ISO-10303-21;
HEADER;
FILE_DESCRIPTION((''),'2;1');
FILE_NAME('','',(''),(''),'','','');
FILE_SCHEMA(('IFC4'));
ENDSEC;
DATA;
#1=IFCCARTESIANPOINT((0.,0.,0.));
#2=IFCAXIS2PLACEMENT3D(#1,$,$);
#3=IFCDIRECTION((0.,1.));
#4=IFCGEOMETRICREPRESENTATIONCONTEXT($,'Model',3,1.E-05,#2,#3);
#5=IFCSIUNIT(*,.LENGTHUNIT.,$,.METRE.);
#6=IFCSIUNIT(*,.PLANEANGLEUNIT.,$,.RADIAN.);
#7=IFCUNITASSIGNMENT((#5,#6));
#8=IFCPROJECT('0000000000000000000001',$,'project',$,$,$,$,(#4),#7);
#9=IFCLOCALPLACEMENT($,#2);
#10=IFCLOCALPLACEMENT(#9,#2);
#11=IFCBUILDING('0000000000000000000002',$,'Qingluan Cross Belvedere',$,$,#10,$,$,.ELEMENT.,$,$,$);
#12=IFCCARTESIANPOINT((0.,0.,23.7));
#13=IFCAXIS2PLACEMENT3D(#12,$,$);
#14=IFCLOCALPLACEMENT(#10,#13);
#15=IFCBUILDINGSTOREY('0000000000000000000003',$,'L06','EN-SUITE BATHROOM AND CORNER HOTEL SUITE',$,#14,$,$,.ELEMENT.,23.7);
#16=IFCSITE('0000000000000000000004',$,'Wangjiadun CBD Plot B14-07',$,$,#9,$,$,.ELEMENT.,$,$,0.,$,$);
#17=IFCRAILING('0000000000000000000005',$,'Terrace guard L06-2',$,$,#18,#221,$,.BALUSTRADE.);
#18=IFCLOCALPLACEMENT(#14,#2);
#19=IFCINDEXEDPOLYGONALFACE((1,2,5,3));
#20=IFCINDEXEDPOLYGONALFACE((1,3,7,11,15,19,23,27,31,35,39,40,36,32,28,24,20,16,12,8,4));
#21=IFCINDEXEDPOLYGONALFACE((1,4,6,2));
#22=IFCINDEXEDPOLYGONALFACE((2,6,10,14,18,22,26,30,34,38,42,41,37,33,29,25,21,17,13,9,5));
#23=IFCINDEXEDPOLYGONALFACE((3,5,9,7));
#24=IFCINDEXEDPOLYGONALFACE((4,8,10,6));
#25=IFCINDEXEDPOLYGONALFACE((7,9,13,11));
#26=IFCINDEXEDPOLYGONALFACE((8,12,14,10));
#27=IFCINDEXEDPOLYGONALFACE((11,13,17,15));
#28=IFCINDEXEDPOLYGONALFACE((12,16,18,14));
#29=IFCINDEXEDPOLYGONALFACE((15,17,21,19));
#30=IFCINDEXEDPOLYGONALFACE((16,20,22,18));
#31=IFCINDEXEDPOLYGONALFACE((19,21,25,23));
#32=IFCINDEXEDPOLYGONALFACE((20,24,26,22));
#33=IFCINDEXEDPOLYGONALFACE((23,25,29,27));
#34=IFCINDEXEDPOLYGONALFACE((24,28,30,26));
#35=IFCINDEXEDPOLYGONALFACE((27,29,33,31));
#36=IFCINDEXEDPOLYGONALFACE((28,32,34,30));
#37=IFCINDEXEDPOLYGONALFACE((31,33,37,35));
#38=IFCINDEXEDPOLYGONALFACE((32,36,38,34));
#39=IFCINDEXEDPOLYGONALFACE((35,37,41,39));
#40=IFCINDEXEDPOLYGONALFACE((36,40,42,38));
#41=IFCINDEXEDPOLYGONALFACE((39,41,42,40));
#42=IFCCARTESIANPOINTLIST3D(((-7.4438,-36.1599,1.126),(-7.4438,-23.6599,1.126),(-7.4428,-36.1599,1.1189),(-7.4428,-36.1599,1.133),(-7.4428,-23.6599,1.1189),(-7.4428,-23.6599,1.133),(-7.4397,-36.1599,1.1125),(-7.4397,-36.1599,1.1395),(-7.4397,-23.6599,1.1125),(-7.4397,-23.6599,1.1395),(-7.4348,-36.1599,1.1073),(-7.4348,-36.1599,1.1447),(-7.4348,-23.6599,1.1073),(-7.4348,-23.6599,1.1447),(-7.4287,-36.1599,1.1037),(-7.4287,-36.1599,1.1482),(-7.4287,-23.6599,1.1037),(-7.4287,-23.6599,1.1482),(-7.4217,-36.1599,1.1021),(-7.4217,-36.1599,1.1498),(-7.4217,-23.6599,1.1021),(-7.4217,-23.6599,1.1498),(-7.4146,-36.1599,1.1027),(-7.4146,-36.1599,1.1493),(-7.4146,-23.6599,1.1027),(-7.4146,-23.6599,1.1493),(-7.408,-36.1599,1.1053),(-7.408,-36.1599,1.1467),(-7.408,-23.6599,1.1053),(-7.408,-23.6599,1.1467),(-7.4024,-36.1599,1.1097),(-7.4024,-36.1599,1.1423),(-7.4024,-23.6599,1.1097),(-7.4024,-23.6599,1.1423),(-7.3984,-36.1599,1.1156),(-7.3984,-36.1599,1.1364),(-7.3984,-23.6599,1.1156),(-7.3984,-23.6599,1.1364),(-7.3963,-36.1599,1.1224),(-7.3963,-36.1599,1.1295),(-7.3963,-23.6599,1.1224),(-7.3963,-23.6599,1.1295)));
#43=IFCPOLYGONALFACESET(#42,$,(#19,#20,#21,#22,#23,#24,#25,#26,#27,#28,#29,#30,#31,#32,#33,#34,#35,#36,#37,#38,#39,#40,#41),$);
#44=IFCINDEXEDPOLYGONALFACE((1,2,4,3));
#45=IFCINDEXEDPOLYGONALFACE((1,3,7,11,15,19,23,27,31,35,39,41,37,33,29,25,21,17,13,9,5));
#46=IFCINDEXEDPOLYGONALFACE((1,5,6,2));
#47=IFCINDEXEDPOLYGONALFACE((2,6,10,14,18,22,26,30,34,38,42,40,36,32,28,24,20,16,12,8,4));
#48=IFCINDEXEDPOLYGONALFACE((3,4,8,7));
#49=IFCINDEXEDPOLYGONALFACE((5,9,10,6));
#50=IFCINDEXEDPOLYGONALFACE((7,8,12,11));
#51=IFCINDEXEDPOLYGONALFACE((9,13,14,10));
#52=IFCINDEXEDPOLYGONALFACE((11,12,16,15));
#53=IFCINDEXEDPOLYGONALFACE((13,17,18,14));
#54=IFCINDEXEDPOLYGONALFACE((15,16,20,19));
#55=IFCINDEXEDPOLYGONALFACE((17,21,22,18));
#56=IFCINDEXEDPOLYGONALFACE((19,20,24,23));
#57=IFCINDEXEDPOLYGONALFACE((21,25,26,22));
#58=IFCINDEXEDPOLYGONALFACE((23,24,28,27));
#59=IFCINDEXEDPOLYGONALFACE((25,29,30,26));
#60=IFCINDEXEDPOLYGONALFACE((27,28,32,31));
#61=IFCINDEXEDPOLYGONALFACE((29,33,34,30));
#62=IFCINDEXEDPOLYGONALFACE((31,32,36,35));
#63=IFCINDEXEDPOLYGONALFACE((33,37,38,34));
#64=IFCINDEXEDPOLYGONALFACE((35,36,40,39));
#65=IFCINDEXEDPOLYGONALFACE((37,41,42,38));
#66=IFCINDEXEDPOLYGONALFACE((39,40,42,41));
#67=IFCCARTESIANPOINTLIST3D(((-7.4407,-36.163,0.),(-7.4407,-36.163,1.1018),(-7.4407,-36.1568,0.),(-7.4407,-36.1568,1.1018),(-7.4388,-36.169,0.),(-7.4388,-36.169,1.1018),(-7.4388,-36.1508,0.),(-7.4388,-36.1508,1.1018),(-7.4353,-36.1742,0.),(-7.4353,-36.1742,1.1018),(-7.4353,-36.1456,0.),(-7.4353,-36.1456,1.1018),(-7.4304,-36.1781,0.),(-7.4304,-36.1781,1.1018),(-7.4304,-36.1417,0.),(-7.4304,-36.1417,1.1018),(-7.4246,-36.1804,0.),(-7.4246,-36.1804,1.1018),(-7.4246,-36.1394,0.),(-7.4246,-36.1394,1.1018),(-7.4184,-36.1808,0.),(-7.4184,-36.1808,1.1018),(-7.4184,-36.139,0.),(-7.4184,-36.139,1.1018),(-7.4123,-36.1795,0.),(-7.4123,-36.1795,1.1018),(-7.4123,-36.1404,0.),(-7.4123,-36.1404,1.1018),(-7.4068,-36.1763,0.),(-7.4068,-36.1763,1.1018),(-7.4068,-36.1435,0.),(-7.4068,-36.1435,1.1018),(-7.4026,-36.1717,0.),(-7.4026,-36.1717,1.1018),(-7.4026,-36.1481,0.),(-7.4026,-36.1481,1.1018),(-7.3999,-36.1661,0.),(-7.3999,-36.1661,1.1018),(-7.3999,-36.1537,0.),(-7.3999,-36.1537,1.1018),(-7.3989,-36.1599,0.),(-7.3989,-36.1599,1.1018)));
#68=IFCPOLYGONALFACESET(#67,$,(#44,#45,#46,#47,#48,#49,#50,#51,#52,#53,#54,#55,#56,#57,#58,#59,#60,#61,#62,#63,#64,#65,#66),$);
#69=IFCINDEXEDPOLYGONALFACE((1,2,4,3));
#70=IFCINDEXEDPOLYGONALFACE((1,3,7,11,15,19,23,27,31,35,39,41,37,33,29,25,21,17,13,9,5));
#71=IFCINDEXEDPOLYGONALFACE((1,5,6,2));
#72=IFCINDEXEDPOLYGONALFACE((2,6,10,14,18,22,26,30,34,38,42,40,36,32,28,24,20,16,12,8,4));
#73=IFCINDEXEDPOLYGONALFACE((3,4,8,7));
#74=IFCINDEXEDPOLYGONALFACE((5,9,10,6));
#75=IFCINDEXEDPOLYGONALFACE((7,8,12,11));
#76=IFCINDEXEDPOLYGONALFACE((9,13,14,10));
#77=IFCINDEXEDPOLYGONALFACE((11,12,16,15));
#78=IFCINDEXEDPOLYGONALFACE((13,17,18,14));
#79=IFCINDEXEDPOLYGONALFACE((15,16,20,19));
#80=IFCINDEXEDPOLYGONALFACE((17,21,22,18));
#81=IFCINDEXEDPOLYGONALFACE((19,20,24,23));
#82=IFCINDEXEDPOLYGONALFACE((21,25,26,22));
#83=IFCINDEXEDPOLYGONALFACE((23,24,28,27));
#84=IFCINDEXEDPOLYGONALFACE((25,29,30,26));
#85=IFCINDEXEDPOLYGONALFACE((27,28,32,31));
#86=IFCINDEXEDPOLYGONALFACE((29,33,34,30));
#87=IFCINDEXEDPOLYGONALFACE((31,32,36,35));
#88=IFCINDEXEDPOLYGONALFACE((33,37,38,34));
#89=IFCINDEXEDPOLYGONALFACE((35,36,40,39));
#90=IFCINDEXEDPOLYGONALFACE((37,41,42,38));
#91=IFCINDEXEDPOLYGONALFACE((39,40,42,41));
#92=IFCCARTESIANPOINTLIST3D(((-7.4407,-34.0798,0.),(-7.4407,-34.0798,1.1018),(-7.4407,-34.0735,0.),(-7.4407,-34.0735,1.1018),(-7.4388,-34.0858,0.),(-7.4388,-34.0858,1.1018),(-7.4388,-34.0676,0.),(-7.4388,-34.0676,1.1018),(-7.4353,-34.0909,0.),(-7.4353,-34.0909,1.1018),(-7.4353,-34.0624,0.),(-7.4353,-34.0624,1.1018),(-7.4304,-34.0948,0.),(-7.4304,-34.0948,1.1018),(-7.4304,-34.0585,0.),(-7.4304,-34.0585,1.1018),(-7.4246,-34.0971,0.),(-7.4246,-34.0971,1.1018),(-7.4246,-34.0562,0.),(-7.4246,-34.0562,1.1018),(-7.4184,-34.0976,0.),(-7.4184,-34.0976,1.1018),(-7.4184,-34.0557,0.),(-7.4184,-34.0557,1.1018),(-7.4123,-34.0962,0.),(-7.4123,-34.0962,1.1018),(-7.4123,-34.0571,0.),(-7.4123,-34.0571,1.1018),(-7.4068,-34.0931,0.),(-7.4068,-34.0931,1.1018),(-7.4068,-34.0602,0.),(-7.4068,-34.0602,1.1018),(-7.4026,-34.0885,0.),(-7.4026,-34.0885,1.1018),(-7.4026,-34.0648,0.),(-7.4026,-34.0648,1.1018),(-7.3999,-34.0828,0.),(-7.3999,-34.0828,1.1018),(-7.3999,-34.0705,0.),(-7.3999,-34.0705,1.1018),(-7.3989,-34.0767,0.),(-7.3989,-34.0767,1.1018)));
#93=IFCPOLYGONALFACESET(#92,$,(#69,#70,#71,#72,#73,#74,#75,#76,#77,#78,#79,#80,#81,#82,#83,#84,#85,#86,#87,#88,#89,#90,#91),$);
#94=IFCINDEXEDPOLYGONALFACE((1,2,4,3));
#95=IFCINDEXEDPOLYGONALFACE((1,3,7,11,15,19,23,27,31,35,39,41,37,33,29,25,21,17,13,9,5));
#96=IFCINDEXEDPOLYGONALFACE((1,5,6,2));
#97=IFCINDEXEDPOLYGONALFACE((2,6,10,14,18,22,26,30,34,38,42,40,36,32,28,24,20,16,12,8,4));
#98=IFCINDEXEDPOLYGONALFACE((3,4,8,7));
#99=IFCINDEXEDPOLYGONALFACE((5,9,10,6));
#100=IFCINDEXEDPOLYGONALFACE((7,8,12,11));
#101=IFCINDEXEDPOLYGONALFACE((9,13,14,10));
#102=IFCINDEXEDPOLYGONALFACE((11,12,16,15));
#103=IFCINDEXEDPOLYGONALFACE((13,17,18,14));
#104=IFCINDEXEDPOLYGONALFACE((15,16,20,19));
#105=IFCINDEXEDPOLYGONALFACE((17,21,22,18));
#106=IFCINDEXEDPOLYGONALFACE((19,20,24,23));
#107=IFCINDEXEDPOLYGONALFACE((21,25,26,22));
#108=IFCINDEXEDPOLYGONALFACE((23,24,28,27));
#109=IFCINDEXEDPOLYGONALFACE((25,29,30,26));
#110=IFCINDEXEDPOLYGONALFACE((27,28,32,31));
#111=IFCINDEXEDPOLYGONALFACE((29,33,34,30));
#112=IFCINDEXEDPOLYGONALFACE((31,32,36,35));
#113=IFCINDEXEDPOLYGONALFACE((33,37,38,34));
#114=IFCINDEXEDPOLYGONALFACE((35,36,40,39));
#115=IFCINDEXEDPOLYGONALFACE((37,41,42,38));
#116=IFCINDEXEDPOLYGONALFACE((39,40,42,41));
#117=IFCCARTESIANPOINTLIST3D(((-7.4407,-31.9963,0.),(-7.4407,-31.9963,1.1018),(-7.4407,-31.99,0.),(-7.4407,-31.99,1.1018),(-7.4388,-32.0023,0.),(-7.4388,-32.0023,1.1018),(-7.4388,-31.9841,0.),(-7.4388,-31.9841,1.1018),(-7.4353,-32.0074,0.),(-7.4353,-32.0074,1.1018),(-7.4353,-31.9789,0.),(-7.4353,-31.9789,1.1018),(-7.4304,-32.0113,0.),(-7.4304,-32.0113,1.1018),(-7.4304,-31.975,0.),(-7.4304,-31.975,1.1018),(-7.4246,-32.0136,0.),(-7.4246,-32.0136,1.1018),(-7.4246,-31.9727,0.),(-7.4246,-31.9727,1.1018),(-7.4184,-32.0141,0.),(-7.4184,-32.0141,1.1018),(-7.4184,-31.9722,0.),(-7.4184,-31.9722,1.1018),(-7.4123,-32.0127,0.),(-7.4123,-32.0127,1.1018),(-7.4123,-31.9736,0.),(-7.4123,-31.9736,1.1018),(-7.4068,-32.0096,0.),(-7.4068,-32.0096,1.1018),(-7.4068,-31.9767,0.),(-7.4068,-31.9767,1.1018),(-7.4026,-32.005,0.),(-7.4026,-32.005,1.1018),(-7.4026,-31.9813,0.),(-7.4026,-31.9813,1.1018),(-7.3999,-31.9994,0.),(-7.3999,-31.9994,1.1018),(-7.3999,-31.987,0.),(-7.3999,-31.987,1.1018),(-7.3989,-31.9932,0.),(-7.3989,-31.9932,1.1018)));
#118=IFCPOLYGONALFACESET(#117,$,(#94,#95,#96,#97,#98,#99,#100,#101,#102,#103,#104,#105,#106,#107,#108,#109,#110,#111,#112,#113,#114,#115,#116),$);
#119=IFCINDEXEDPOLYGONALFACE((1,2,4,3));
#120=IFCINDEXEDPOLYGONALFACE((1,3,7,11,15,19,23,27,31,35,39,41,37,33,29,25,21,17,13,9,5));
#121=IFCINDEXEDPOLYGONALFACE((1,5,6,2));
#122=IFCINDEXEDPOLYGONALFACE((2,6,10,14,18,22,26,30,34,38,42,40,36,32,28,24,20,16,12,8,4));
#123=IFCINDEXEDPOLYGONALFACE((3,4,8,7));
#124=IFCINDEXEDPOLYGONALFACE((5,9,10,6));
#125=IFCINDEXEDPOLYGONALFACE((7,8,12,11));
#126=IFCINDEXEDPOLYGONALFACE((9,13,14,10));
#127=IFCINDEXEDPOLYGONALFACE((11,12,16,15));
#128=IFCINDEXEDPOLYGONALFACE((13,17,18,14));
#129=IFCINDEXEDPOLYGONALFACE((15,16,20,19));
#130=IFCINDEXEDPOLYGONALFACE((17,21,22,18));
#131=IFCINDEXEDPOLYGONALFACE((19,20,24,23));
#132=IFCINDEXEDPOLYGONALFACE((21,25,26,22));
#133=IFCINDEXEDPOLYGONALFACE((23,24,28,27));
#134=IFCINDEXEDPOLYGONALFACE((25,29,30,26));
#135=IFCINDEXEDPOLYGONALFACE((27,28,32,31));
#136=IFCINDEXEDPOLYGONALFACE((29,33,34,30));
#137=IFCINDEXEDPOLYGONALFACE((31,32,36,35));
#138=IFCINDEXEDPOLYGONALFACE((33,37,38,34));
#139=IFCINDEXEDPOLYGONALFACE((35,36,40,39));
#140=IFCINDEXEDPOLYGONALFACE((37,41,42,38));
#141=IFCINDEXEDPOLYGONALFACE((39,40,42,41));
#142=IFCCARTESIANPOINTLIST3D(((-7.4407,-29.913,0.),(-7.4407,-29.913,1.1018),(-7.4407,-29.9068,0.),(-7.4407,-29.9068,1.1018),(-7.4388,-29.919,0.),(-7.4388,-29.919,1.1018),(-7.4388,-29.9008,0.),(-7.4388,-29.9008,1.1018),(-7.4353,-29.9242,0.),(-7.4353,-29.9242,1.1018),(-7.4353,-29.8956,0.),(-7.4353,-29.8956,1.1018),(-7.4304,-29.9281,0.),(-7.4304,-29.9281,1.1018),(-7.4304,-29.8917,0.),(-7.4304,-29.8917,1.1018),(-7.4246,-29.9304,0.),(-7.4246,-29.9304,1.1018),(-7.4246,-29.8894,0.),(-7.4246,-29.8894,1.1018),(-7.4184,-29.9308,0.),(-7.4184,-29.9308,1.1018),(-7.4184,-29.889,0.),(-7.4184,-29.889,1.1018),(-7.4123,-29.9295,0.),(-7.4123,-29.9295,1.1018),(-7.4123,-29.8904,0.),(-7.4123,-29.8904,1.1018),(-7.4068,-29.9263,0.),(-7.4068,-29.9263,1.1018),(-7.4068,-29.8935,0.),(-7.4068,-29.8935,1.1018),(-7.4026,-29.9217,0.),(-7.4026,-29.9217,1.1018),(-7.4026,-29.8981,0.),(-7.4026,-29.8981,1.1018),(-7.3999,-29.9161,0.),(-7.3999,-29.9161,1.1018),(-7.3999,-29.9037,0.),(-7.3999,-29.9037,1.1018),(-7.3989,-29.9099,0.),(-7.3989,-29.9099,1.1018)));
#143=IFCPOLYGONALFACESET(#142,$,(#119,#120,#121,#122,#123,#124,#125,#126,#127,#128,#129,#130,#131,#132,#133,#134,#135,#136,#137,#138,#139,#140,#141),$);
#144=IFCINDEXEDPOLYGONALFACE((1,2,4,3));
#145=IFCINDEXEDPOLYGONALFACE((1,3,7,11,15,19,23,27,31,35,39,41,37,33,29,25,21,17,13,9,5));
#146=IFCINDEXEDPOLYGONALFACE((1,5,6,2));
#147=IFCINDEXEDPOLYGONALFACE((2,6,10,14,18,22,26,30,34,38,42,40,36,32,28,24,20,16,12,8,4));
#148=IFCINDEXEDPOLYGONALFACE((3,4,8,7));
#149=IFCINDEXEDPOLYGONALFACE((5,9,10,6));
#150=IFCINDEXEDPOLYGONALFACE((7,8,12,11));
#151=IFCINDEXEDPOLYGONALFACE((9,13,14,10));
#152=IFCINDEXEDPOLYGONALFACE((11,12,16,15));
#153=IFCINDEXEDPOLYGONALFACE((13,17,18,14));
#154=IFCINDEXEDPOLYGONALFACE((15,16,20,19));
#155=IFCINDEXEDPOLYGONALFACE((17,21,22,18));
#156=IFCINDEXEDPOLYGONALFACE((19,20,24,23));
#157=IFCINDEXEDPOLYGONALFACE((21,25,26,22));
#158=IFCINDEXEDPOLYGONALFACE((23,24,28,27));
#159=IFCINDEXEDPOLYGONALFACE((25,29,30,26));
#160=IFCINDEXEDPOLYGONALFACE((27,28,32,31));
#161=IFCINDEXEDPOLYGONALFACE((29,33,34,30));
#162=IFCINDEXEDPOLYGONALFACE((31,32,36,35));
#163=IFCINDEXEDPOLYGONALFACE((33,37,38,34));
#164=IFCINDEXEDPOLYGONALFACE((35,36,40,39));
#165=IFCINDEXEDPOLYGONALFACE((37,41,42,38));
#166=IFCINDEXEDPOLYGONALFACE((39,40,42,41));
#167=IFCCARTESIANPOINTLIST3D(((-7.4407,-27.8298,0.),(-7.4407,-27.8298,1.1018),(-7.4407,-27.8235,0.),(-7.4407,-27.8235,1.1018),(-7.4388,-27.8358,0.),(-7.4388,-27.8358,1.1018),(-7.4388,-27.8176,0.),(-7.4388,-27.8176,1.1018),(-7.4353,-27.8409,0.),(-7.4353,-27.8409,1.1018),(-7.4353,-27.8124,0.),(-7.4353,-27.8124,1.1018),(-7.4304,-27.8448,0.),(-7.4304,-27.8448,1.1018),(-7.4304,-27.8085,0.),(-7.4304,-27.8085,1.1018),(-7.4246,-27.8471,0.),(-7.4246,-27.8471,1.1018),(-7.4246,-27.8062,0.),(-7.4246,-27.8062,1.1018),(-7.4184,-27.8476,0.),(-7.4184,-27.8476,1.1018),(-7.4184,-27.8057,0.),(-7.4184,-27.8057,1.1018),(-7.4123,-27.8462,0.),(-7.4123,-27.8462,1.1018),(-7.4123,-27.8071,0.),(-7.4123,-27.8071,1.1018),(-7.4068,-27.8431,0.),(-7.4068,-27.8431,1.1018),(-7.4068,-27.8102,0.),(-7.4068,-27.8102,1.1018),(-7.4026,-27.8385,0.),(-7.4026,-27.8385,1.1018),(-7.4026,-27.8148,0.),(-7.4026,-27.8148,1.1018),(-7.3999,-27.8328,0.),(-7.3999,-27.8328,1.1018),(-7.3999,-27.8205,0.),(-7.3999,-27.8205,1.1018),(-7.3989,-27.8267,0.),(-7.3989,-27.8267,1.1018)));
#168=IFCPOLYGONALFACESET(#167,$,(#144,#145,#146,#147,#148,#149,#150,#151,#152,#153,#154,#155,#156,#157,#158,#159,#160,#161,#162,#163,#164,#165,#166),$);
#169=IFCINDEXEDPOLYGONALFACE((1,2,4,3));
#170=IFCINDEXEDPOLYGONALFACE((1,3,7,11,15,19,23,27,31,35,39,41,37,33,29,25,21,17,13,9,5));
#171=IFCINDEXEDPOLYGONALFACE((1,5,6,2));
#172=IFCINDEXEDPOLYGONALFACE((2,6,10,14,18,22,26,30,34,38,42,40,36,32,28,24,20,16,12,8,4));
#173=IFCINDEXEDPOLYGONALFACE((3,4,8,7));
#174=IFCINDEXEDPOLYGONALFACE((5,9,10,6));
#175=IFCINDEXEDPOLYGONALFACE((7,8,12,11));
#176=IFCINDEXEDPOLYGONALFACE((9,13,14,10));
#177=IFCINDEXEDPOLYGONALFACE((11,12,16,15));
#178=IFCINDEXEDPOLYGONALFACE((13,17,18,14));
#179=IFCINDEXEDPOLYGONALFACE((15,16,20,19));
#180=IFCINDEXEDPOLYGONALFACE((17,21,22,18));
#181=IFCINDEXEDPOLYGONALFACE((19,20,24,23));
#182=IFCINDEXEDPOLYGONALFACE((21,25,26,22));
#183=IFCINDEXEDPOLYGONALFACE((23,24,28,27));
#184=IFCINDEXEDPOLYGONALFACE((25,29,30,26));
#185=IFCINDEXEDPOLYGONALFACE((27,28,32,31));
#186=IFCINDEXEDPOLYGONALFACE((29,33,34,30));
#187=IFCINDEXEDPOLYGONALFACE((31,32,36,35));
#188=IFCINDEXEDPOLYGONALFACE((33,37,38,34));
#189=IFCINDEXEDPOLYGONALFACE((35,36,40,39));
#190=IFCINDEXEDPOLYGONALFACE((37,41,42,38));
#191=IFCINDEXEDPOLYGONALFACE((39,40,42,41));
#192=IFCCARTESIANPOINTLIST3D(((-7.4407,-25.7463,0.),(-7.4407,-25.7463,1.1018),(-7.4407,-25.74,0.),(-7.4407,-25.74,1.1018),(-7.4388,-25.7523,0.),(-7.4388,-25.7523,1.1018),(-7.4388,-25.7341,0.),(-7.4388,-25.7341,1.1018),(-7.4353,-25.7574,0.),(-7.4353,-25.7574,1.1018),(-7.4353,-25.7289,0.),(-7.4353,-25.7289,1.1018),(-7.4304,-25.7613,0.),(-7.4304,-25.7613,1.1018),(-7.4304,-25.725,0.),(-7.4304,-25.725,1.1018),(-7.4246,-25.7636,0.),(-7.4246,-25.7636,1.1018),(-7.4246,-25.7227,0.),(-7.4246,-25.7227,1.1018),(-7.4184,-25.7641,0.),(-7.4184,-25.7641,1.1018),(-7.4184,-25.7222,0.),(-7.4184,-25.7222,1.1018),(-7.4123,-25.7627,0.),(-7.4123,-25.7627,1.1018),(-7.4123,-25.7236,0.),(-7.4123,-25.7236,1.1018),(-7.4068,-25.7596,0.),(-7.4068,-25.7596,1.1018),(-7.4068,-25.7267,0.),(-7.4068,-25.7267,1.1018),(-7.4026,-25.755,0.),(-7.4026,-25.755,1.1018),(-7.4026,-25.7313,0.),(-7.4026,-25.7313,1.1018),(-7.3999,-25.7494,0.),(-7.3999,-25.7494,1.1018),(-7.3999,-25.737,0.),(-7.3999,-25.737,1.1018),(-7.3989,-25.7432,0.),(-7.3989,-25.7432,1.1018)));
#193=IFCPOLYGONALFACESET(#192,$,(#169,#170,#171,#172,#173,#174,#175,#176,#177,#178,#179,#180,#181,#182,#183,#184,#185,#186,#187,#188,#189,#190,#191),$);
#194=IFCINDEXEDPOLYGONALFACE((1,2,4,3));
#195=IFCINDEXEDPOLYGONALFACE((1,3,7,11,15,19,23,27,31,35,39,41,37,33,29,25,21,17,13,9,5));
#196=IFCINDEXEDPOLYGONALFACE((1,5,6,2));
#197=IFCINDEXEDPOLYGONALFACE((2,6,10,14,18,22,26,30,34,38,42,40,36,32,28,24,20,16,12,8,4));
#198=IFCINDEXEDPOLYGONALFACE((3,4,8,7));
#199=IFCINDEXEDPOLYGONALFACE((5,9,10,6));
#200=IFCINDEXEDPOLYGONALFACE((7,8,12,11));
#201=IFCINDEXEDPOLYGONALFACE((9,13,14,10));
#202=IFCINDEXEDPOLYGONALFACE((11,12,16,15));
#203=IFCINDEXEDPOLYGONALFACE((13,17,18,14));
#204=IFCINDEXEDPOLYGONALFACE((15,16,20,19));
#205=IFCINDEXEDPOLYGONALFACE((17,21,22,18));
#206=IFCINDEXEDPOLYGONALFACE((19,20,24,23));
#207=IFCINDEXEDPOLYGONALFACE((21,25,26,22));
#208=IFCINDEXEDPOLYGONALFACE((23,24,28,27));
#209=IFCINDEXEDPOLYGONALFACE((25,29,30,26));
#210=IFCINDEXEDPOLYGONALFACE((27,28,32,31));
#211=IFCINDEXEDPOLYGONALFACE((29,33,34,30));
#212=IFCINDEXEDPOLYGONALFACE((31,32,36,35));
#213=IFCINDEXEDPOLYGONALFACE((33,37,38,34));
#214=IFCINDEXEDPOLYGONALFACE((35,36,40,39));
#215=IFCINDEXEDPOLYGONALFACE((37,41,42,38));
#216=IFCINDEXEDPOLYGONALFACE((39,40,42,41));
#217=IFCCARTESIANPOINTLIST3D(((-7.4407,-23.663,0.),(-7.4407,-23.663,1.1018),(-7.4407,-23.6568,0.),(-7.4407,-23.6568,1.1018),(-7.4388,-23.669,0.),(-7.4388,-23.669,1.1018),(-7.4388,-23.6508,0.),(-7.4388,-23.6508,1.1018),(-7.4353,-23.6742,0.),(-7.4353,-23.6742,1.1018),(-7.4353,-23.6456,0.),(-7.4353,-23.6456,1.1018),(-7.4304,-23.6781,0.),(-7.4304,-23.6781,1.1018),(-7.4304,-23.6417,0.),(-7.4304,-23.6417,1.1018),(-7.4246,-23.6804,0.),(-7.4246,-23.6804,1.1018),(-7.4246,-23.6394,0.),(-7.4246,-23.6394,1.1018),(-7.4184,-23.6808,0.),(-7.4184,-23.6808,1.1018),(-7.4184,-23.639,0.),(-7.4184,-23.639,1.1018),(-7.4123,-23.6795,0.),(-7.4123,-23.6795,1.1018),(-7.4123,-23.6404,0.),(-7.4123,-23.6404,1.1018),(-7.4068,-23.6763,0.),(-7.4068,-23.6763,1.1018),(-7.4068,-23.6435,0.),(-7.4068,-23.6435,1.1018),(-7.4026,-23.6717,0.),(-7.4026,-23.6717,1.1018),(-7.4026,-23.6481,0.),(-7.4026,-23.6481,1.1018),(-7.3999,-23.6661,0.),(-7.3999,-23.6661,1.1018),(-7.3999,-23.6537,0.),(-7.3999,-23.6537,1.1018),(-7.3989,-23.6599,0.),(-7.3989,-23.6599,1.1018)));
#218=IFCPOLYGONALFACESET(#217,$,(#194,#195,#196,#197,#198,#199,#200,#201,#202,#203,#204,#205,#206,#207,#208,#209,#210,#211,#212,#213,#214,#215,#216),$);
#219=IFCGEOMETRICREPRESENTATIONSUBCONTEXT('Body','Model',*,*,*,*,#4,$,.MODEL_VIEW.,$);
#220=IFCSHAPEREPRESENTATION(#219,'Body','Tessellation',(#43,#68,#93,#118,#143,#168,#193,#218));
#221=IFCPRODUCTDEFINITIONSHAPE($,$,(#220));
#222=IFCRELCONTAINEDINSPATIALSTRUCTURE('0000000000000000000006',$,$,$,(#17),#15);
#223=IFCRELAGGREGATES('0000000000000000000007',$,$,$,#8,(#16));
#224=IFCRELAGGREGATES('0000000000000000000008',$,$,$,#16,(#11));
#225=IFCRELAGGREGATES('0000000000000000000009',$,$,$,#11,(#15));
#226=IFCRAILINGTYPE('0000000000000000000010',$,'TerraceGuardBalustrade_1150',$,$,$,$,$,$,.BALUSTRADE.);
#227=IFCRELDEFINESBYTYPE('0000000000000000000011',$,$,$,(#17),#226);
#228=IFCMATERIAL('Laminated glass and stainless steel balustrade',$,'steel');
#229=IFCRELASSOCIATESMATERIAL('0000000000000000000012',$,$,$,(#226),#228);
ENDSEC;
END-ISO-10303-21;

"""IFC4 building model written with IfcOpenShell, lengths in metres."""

from ifc_helpers import new_model, si_unit, direction, frame, origin, origin_2d, place, context, subcontext, project, spatial, circle, extrude, material, type_object, element, save


model = new_model("IFC4")

# Units and contexts
model_context = context("Model", 3, precision=1e-05, world=origin(), true_north=direction((0.0, 1.0)))
body_context = subcontext(model_context, "Body", "Model", "MODEL_VIEW")
ifc_project = project(units=[si_unit("LENGTHUNIT", "METRE"), si_unit("PLANEANGLEUNIT", "RADIAN")], contexts=[model_context])

# Site, building, storey
site_placement = place(None, origin())
site = spatial("IfcSite", under=ifc_project, at=site_placement, Name="Wangjiadun CBD Plot B14-07", CompositionType="ELEMENT", RefElevation=0.0)
building_placement = place(site_placement, origin())
building = spatial("IfcBuilding", under=site, at=building_placement, Name="Qingluan Cross Belvedere", CompositionType="ELEMENT")
storey_placement = place(building_placement, frame((0.0, 0.0, 23.7)))
storey = spatial("IfcBuildingStorey", under=building, at=storey_placement, Name="L06", Description="EN-SUITE BATHROOM AND CORNER HOTEL SUITE", CompositionType="ELEMENT", Elevation=23.7)

# Railing
ifc_material_1 = material(Name="Laminated glass and stainless steel balustrade", Category="steel")
railing_type = type_object("IfcRailingType", Name="TerraceGuardBalustrade_1150", PredefinedType="BALUSTRADE", material=ifc_material_1)
railing_1_placement = place(storey_placement, frame((-7.4199, -36.1599, 0.0)))
element("IfcRailing", 1, at=railing_1_placement, inside=storey, type_object=railing_type, Name="Terrace guard L06-2", PredefinedType="BALUSTRADE", context=body_context, shape_type="SweptSolid", body=[
    extrude(circle(Radius=0.0239, at=origin_2d()), frame((0.0, 0.0, 1.126), z_axis=(0.0, 1.0, 0.0), x_axis=(-1.0, 0.0, 0.0)), (0.0, 0.0, 1.0), 12.5),
    extrude(circle(Radius=0.021, at=origin_2d()), origin(), (0.0, 0.0, 1.0), 1.1018),
    extrude(circle(Radius=0.021, at=origin_2d()), frame((0.0, 2.0833, 0.0)), (0.0, 0.0, 1.0), 1.1018),
    extrude(circle(Radius=0.021, at=origin_2d()), frame((0.0, 4.1667, 0.0)), (0.0, 0.0, 1.0), 1.1018),
    extrude(circle(Radius=0.021, at=origin_2d()), frame((0.0, 6.25, 0.0)), (0.0, 0.0, 1.0), 1.1018),
    extrude(circle(Radius=0.021, at=origin_2d()), frame((0.0, 8.3333, 0.0)), (0.0, 0.0, 1.0), 1.1018),
    extrude(circle(Radius=0.021, at=origin_2d()), frame((0.0, 10.4167, 0.0)), (0.0, 0.0, 1.0), 1.1018),
    extrude(circle(Radius=0.021, at=origin_2d()), frame((0.0, 12.5, 0.0)), (0.0, 0.0, 1.0), 1.1018),
])

save(model, "model.ifc")
